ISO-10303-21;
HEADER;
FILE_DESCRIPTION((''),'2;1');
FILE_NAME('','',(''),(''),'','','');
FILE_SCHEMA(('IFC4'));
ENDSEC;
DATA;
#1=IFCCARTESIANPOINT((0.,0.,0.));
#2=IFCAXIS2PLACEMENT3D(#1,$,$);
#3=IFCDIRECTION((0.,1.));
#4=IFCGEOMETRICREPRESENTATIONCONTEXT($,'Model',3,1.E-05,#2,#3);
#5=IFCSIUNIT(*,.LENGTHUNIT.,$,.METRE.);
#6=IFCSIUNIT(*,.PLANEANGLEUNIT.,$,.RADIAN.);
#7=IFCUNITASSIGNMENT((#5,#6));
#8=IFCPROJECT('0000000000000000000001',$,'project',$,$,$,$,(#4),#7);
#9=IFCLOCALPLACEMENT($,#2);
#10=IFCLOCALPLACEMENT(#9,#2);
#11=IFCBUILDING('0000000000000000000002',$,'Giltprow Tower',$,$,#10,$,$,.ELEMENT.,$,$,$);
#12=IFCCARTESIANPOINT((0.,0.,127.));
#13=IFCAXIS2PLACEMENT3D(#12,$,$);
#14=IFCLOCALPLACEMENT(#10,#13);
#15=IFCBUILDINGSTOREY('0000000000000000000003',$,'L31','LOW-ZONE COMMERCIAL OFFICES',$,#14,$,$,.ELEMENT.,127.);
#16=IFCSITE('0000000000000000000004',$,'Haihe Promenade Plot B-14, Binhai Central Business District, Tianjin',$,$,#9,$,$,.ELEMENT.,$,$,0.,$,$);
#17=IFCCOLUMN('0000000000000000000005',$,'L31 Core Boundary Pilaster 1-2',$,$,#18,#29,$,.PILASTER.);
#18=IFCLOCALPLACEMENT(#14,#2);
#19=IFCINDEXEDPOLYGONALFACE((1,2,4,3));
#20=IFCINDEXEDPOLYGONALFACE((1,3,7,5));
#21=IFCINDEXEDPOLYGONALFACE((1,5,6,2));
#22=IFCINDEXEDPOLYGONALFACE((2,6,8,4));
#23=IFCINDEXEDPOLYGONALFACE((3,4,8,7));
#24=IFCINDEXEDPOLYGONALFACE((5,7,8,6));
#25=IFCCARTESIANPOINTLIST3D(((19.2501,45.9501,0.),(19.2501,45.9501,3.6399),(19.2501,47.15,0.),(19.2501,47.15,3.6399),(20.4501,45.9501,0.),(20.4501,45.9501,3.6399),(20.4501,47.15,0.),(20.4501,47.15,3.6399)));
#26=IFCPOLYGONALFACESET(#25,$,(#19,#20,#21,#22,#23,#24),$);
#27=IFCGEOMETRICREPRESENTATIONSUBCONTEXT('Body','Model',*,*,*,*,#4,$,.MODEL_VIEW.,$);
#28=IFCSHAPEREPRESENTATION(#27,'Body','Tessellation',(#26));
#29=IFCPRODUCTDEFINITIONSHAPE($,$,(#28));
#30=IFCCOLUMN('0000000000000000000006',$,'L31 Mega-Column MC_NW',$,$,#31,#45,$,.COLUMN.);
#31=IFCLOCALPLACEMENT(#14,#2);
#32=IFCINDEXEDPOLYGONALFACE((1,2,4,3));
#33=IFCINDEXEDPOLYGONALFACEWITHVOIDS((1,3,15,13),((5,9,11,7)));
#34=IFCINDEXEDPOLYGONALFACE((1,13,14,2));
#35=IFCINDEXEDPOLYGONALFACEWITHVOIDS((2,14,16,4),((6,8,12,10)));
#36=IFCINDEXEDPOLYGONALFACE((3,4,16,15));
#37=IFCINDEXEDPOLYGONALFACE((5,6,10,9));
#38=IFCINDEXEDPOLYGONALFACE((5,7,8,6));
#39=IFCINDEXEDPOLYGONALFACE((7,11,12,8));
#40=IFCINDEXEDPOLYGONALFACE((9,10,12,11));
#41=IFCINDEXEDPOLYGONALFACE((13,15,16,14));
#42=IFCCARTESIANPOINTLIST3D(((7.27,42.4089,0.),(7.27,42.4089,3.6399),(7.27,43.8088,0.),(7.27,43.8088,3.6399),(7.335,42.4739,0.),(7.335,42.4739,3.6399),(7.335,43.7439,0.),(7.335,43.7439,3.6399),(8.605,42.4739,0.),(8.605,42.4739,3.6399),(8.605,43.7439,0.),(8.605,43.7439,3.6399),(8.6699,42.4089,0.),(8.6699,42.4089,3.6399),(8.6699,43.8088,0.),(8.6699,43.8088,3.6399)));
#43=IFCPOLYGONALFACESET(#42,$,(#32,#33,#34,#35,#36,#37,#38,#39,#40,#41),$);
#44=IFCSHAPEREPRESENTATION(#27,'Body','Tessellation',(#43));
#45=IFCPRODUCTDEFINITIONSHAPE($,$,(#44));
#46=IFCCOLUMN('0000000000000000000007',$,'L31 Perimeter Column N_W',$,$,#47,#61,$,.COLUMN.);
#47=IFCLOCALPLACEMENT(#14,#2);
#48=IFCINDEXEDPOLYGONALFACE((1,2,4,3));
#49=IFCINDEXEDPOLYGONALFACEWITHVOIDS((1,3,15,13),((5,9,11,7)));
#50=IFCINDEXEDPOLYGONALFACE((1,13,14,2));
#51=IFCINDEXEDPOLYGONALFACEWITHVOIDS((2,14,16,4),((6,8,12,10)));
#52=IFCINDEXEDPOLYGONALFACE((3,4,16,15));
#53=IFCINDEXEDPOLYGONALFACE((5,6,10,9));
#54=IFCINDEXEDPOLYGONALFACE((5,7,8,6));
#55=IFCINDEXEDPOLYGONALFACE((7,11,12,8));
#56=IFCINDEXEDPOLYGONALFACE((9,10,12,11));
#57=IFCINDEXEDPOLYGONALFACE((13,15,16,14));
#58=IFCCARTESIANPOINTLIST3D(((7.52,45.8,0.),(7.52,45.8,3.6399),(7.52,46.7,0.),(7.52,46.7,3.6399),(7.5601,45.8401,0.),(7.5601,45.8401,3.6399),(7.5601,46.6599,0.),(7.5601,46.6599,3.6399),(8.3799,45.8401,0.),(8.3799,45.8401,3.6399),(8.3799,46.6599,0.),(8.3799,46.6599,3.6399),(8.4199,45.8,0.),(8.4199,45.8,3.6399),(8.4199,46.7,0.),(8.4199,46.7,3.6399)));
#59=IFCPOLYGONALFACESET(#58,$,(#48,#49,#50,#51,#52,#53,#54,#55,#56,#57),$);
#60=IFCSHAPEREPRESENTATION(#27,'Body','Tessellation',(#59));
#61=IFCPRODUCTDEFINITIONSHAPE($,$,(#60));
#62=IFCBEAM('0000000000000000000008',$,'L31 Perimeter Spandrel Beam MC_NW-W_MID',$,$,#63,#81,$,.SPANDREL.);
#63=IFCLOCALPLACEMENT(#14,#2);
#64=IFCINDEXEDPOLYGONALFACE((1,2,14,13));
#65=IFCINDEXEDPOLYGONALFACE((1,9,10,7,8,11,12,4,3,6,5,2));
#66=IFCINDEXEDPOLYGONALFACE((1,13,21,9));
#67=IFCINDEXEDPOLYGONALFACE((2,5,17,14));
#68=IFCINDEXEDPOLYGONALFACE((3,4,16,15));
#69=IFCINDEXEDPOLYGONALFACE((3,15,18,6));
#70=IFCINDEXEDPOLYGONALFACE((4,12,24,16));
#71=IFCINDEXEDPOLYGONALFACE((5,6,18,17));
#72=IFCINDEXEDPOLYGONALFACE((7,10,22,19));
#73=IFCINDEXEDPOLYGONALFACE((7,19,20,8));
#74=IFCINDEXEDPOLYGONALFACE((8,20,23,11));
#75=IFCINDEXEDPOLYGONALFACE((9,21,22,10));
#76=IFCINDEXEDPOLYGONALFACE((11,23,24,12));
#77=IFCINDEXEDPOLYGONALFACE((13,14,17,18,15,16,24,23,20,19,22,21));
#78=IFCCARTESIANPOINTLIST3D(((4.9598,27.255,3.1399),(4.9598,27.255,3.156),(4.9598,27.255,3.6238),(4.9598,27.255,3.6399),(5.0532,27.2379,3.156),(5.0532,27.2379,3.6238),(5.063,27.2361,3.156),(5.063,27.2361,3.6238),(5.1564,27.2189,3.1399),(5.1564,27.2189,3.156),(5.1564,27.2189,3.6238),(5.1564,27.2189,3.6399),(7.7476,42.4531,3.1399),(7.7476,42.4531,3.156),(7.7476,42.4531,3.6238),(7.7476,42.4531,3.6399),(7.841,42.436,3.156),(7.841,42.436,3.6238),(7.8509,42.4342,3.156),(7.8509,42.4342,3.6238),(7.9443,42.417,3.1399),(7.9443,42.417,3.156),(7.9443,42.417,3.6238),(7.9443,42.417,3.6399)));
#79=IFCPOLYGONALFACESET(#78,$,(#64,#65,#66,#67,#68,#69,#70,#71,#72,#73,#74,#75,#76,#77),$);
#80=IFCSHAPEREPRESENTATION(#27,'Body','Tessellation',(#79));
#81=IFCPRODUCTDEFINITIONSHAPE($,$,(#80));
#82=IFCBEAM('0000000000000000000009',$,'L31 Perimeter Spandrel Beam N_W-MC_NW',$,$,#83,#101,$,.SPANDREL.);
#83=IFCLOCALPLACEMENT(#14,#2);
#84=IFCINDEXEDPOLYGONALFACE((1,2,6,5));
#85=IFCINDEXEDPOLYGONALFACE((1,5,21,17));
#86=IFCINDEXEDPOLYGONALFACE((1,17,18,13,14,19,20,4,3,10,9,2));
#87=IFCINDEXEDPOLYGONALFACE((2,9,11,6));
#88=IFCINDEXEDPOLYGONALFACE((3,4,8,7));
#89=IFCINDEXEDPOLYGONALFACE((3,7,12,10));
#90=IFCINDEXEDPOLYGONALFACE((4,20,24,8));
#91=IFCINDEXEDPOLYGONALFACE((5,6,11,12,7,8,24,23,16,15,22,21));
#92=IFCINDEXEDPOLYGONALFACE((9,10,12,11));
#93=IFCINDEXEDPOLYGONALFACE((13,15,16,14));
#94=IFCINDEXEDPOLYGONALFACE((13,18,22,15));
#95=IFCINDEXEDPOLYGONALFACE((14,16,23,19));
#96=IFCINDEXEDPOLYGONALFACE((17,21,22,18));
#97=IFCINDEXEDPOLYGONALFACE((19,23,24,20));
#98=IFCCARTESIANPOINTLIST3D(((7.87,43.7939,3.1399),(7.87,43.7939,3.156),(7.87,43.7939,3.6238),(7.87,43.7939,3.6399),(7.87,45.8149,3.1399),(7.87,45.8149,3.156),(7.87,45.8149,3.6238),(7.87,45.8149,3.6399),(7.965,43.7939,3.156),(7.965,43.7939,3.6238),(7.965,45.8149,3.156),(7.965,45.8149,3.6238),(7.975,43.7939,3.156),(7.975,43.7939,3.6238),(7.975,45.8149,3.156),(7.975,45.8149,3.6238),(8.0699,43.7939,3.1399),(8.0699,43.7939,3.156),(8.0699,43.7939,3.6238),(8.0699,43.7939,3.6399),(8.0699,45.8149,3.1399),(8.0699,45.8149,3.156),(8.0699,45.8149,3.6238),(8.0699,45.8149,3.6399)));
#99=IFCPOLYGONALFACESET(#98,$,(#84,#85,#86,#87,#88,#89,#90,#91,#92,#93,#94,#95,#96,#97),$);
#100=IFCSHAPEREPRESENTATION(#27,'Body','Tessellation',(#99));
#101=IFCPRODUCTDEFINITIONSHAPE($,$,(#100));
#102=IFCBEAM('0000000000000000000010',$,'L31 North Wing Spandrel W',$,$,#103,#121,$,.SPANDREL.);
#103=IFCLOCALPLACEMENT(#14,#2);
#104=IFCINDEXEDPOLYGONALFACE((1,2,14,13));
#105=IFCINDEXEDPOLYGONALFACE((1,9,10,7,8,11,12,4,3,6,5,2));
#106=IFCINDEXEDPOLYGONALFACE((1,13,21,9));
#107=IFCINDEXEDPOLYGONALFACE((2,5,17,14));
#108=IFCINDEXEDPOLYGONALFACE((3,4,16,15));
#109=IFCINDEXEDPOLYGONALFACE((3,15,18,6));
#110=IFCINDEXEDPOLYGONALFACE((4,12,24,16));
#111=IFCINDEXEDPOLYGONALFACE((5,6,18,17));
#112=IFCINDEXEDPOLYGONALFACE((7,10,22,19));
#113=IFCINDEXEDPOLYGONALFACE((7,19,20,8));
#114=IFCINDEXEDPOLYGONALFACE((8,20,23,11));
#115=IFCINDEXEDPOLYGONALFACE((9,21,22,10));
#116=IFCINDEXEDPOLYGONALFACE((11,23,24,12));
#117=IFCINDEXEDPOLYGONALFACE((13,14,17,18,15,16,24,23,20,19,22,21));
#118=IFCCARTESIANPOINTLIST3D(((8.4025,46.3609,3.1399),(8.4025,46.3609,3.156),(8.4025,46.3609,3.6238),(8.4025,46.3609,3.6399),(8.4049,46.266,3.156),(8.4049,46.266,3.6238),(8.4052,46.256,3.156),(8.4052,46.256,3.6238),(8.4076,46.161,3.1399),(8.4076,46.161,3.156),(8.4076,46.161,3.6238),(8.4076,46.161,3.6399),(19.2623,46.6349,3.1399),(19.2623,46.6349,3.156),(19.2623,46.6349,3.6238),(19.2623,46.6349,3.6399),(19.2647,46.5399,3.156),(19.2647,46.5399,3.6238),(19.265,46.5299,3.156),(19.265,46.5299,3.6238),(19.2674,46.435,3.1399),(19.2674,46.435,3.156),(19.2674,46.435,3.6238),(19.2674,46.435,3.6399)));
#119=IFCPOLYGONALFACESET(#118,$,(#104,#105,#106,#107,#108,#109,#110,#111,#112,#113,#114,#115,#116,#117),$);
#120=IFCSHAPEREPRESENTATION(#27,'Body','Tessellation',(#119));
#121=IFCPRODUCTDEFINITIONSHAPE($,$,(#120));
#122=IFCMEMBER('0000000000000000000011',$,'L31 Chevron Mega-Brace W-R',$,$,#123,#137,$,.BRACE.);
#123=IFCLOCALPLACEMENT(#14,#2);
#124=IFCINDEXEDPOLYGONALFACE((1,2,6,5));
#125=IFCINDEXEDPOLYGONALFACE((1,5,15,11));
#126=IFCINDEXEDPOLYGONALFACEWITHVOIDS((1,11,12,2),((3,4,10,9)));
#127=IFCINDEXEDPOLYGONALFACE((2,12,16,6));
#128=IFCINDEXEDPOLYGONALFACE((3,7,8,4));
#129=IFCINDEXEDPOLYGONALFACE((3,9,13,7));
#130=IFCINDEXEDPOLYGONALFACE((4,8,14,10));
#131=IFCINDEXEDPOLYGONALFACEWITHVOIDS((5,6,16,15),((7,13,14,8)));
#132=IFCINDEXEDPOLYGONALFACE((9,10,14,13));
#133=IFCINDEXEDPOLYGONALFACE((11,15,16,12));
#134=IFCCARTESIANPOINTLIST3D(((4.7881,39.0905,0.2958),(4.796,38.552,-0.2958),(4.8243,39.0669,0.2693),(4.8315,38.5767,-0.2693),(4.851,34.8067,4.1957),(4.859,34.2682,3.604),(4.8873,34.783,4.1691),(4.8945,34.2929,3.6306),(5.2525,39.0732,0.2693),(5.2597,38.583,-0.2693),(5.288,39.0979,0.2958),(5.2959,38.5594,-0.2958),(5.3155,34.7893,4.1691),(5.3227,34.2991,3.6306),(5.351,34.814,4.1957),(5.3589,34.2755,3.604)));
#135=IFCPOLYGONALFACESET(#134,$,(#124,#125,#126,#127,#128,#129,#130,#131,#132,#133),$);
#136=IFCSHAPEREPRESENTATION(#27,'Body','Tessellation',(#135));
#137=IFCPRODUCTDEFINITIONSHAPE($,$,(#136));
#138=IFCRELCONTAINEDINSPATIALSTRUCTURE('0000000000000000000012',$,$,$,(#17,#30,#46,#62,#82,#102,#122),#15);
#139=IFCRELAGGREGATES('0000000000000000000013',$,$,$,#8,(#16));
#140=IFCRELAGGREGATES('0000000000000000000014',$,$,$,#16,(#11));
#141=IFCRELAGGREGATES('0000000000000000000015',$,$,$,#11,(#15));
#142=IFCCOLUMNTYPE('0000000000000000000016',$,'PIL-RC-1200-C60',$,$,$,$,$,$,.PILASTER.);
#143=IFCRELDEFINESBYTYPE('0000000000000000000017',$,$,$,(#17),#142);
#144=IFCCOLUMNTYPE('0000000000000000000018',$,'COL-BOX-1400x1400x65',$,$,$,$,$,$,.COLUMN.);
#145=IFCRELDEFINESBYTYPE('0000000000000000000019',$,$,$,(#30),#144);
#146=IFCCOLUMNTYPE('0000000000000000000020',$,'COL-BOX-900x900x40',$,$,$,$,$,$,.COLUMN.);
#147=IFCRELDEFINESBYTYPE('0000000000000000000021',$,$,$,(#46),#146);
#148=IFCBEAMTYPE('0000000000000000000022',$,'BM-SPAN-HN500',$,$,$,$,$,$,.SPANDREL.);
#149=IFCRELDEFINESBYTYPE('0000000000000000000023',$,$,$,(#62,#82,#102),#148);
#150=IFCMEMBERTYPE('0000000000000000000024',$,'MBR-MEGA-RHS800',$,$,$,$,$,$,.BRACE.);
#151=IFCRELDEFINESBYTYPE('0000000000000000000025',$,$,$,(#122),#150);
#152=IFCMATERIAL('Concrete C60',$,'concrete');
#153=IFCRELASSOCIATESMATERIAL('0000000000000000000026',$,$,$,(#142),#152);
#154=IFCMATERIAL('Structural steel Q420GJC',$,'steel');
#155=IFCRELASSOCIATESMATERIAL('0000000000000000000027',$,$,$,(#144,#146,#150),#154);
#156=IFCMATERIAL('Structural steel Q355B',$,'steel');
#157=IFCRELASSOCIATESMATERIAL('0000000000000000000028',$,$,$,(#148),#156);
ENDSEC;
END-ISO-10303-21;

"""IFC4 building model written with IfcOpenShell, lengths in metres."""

from ifc_helpers import new_model, si_unit, direction, frame, origin, origin_2d, place, context, subcontext, project, spatial, rectangle, hollow_rectangle, i_section, extrude, source, transform, mapped, material, material_profile, profile_set, type_object, element, save


model = new_model("IFC4")

# Units and contexts
model_context = context("Model", 3, precision=1e-05, world=origin(), true_north=direction((0.0, 1.0)))
body_context = subcontext(model_context, "Body", "Model", "MODEL_VIEW")
ifc_project = project(units=[si_unit("LENGTHUNIT", "METRE"), si_unit("PLANEANGLEUNIT", "RADIAN")], contexts=[model_context])

# Site, building, storey
site_placement = place(None, origin())
site = spatial("IfcSite", under=ifc_project, at=site_placement, Name="Haihe Promenade Plot B-14, Binhai Central Business District, Tianjin", CompositionType="ELEMENT", RefElevation=0.0)
building_placement = place(site_placement, origin())
building = spatial("IfcBuilding", under=site, at=building_placement, Name="Giltprow Tower", CompositionType="ELEMENT")
storey_placement = place(building_placement, frame((0.0, 0.0, 127.0)))
storey = spatial("IfcBuildingStorey", under=building, at=storey_placement, Name="L31", Description="LOW-ZONE COMMERCIAL OFFICES", CompositionType="ELEMENT", Elevation=127.0)

# Columns
ifc_material_1 = material(Name="Concrete C60", Category="concrete")
ifc_material_profile_1 = material_profile(ifc_material_1, rectangle(XDim=1.2, YDim=1.2, at=origin_2d()), Name="RC 1200x1200")
ifc_profile_set_1 = profile_set([ifc_material_profile_1], Name="Concrete C60")
column_type_1 = type_object("IfcColumnType", Name="PIL-RC-1200-C60", PredefinedType="PILASTER", material=ifc_profile_set_1)
shared_shape_1 = source(origin(), body_context, "Body", "SweptSolid", [
    extrude(rectangle(XDim=1.2, YDim=1.2, at=origin_2d()), origin(), (0.0, 0.0, 1.0), 3.6399),
])
column_1_placement = place(storey_placement, frame((19.8501, 46.55, 0.0), z_axis=(0.0, 0.0, 1.0), x_axis=(1.0, 0.0, 0.0)))
element("IfcColumn", 1, at=column_1_placement, inside=storey, type_object=column_type_1, Name="L31 Core Boundary Pilaster 1-2", PredefinedType="PILASTER", context=body_context, shape_type="MappedRepresentation", body=[
    mapped(shared_shape_1, transform((0.0, 0.0, 0.0), x_axis=(1.0, 0.0, 0.0), y_axis=(0.0, 1.0, 0.0), z_axis=(0.0, 0.0, 1.0), scale=1.0)),
])
ifc_material_2 = material(Name="Structural steel Q420GJC", Category="steel")
ifc_material_profile_2 = material_profile(ifc_material_2, hollow_rectangle(XDim=1.3999, YDim=1.3999, WallThickness=0.0649, at=origin_2d()), Name="BOX 1400x1400x65")
ifc_profile_set_2 = profile_set([ifc_material_profile_2], Name="Structural steel Q420GJC")
column_type_2 = type_object("IfcColumnType", Name="COL-BOX-1400x1400x65", PredefinedType="COLUMN", material=ifc_profile_set_2)
shared_shape_2 = source(origin(), body_context, "Body", "SweptSolid", [
    extrude(hollow_rectangle(XDim=1.3999, YDim=1.3999, WallThickness=0.0649, at=origin_2d()), origin(), (0.0, 0.0, 1.0), 3.6399),
])
column_2_placement = place(storey_placement, frame((7.97, 43.1089, 0.0), z_axis=(0.0, 0.0, 1.0), x_axis=(1.0, 0.0, 0.0)))
element("IfcColumn", 2, at=column_2_placement, inside=storey, type_object=column_type_2, Name="L31 Mega-Column MC_NW", PredefinedType="COLUMN", context=body_context, shape_type="MappedRepresentation", body=[
    mapped(shared_shape_2, transform((0.0, 0.0, 0.0), x_axis=(1.0, 0.0, 0.0), y_axis=(0.0, 1.0, 0.0), z_axis=(0.0, 0.0, 1.0), scale=1.0)),
])
ifc_material_profile_3 = material_profile(ifc_material_2, hollow_rectangle(XDim=0.8999, YDim=0.8999, WallThickness=0.04, at=origin_2d()), Name="BOX 900x900x40")
ifc_profile_set_3 = profile_set([ifc_material_profile_3], Name="Structural steel Q420GJC")
column_type_3 = type_object("IfcColumnType", Name="COL-BOX-900x900x40", PredefinedType="COLUMN", material=ifc_profile_set_3)
shared_shape_3 = source(origin(), body_context, "Body", "SweptSolid", [
    extrude(hollow_rectangle(XDim=0.8999, YDim=0.8999, WallThickness=0.04, at=origin_2d()), origin(), (0.0, 0.0, 1.0), 3.6399),
])
column_3_placement = place(storey_placement, frame((7.97, 46.25, 0.0), z_axis=(0.0, 0.0, 1.0), x_axis=(1.0, 0.0, 0.0)))
element("IfcColumn", 3, at=column_3_placement, inside=storey, type_object=column_type_3, Name="L31 Perimeter Column N_W", PredefinedType="COLUMN", context=body_context, shape_type="MappedRepresentation", body=[
    mapped(shared_shape_3, transform((0.0, 0.0, 0.0), x_axis=(1.0, 0.0, 0.0), y_axis=(0.0, 1.0, 0.0), z_axis=(0.0, 0.0, 1.0), scale=1.0)),
])

# Beams
ifc_material_3 = material(Name="Structural steel Q355B", Category="steel")
ifc_material_profile_4 = material_profile(ifc_material_3, i_section(OverallWidth=0.2, OverallDepth=0.5, WebThickness=0.01, FlangeThickness=0.0161, at=origin_2d()), Name="HN 500x200x10x16")
ifc_profile_set_4 = profile_set([ifc_material_profile_4], Name="Structural steel Q355B")
beam_type = type_object("IfcBeamType", Name="BM-SPAN-HN500", PredefinedType="SPANDREL", material=ifc_profile_set_4)
shared_shape_4 = source(origin(), body_context, "Body", "SweptSolid", [
    extrude(i_section(OverallWidth=0.2, OverallDepth=0.5, WebThickness=0.01, FlangeThickness=0.0161, at=origin_2d()), origin(), (0.0, 0.0, 1.0), 15.4517),
])
beam_1_placement = place(storey_placement, frame((7.8459, 42.4351, 3.3899), z_axis=(-0.180424, -0.983589, 0.0), x_axis=(0.983589, -0.180424, 0.0)))
element("IfcBeam", 4, at=beam_1_placement, inside=storey, type_object=beam_type, Name="L31 Perimeter Spandrel Beam MC_NW-W_MID", PredefinedType="SPANDREL", context=body_context, shape_type="MappedRepresentation", body=[
    mapped(shared_shape_4, transform((0.0, 0.0, 0.0), x_axis=(1.0, 0.0, 0.0), y_axis=(0.0, 1.0, 0.0), z_axis=(0.0, 0.0, 1.0), scale=1.0)),
])
shared_shape_5 = source(origin(), body_context, "Body", "SweptSolid", [
    extrude(i_section(OverallWidth=0.2, OverallDepth=0.5, WebThickness=0.01, FlangeThickness=0.0161, at=origin_2d()), origin(), (0.0, 0.0, 1.0), 2.021),
])
beam_2_placement = place(storey_placement, frame((7.97, 45.8149, 3.3899), z_axis=(0.0, -1.0, 0.0), x_axis=(1.0, 0.0, 0.0)))
element("IfcBeam", 5, at=beam_2_placement, inside=storey, type_object=beam_type, Name="L31 Perimeter Spandrel Beam N_W-MC_NW", PredefinedType="SPANDREL", context=body_context, shape_type="MappedRepresentation", body=[
    mapped(shared_shape_5, transform((0.0, 0.0, 0.0), x_axis=(1.0, 0.0, 0.0), y_axis=(0.0, 1.0, 0.0), z_axis=(0.0, 0.0, 1.0), scale=1.0)),
])
shared_shape_6 = source(origin(), body_context, "Body", "SweptSolid", [
    extrude(i_section(OverallWidth=0.2, OverallDepth=0.5, WebThickness=0.01, FlangeThickness=0.0161, at=origin_2d()), origin(), (0.0, 0.0, 1.0), 10.8633),
])
beam_3_placement = place(storey_placement, frame((8.405, 46.261, 3.3899), z_axis=(0.999682, 0.025216, 0.0), x_axis=(-0.025216, 0.999682, 0.0)))
element("IfcBeam", 6, at=beam_3_placement, inside=storey, type_object=beam_type, Name="L31 North Wing Spandrel W", PredefinedType="SPANDREL", context=body_context, shape_type="MappedRepresentation", body=[
    mapped(shared_shape_6, transform((0.0, 0.0, 0.0), x_axis=(1.0, 0.0, 0.0), y_axis=(0.0, 1.0, 0.0), z_axis=(0.0, 0.0, 1.0), scale=1.0)),
])

# Member
ifc_material_profile_5 = material_profile(ifc_material_2, hollow_rectangle(XDim=0.5, YDim=0.8, WallThickness=0.0359, at=origin_2d()), Name="RHS 800x500x36")
ifc_profile_set_5 = profile_set([ifc_material_profile_5], Name="Structural steel Q420GJC")
member_type = type_object("IfcMemberType", Name="MBR-MEGA-RHS800", PredefinedType="BRACE", material=ifc_profile_set_5)
shared_shape_7 = source(origin(), body_context, "Body", "SweptSolid", [
    extrude(hollow_rectangle(XDim=0.5, YDim=0.8, WallThickness=0.0359, at=origin_2d()), origin(), (0.0, 0.0, 1.0), 5.7935),
])
member_placement = place(storey_placement, frame((5.042, 38.825, 0.0), z_axis=(0.010872, -0.739431, 0.673145), x_axis=(0.999892, 0.014702, 0.0)))
element("IfcMember", 7, at=member_placement, inside=storey, type_object=member_type, Name="L31 Chevron Mega-Brace W-R", PredefinedType="BRACE", context=body_context, shape_type="MappedRepresentation", body=[
    mapped(shared_shape_7, transform((0.0, 0.0, 0.0), x_axis=(1.0, 0.0, 0.0), y_axis=(0.0, 1.0, 0.0), z_axis=(0.0, 0.0, 1.0), scale=1.0)),
])

save(model, "model.ifc")
